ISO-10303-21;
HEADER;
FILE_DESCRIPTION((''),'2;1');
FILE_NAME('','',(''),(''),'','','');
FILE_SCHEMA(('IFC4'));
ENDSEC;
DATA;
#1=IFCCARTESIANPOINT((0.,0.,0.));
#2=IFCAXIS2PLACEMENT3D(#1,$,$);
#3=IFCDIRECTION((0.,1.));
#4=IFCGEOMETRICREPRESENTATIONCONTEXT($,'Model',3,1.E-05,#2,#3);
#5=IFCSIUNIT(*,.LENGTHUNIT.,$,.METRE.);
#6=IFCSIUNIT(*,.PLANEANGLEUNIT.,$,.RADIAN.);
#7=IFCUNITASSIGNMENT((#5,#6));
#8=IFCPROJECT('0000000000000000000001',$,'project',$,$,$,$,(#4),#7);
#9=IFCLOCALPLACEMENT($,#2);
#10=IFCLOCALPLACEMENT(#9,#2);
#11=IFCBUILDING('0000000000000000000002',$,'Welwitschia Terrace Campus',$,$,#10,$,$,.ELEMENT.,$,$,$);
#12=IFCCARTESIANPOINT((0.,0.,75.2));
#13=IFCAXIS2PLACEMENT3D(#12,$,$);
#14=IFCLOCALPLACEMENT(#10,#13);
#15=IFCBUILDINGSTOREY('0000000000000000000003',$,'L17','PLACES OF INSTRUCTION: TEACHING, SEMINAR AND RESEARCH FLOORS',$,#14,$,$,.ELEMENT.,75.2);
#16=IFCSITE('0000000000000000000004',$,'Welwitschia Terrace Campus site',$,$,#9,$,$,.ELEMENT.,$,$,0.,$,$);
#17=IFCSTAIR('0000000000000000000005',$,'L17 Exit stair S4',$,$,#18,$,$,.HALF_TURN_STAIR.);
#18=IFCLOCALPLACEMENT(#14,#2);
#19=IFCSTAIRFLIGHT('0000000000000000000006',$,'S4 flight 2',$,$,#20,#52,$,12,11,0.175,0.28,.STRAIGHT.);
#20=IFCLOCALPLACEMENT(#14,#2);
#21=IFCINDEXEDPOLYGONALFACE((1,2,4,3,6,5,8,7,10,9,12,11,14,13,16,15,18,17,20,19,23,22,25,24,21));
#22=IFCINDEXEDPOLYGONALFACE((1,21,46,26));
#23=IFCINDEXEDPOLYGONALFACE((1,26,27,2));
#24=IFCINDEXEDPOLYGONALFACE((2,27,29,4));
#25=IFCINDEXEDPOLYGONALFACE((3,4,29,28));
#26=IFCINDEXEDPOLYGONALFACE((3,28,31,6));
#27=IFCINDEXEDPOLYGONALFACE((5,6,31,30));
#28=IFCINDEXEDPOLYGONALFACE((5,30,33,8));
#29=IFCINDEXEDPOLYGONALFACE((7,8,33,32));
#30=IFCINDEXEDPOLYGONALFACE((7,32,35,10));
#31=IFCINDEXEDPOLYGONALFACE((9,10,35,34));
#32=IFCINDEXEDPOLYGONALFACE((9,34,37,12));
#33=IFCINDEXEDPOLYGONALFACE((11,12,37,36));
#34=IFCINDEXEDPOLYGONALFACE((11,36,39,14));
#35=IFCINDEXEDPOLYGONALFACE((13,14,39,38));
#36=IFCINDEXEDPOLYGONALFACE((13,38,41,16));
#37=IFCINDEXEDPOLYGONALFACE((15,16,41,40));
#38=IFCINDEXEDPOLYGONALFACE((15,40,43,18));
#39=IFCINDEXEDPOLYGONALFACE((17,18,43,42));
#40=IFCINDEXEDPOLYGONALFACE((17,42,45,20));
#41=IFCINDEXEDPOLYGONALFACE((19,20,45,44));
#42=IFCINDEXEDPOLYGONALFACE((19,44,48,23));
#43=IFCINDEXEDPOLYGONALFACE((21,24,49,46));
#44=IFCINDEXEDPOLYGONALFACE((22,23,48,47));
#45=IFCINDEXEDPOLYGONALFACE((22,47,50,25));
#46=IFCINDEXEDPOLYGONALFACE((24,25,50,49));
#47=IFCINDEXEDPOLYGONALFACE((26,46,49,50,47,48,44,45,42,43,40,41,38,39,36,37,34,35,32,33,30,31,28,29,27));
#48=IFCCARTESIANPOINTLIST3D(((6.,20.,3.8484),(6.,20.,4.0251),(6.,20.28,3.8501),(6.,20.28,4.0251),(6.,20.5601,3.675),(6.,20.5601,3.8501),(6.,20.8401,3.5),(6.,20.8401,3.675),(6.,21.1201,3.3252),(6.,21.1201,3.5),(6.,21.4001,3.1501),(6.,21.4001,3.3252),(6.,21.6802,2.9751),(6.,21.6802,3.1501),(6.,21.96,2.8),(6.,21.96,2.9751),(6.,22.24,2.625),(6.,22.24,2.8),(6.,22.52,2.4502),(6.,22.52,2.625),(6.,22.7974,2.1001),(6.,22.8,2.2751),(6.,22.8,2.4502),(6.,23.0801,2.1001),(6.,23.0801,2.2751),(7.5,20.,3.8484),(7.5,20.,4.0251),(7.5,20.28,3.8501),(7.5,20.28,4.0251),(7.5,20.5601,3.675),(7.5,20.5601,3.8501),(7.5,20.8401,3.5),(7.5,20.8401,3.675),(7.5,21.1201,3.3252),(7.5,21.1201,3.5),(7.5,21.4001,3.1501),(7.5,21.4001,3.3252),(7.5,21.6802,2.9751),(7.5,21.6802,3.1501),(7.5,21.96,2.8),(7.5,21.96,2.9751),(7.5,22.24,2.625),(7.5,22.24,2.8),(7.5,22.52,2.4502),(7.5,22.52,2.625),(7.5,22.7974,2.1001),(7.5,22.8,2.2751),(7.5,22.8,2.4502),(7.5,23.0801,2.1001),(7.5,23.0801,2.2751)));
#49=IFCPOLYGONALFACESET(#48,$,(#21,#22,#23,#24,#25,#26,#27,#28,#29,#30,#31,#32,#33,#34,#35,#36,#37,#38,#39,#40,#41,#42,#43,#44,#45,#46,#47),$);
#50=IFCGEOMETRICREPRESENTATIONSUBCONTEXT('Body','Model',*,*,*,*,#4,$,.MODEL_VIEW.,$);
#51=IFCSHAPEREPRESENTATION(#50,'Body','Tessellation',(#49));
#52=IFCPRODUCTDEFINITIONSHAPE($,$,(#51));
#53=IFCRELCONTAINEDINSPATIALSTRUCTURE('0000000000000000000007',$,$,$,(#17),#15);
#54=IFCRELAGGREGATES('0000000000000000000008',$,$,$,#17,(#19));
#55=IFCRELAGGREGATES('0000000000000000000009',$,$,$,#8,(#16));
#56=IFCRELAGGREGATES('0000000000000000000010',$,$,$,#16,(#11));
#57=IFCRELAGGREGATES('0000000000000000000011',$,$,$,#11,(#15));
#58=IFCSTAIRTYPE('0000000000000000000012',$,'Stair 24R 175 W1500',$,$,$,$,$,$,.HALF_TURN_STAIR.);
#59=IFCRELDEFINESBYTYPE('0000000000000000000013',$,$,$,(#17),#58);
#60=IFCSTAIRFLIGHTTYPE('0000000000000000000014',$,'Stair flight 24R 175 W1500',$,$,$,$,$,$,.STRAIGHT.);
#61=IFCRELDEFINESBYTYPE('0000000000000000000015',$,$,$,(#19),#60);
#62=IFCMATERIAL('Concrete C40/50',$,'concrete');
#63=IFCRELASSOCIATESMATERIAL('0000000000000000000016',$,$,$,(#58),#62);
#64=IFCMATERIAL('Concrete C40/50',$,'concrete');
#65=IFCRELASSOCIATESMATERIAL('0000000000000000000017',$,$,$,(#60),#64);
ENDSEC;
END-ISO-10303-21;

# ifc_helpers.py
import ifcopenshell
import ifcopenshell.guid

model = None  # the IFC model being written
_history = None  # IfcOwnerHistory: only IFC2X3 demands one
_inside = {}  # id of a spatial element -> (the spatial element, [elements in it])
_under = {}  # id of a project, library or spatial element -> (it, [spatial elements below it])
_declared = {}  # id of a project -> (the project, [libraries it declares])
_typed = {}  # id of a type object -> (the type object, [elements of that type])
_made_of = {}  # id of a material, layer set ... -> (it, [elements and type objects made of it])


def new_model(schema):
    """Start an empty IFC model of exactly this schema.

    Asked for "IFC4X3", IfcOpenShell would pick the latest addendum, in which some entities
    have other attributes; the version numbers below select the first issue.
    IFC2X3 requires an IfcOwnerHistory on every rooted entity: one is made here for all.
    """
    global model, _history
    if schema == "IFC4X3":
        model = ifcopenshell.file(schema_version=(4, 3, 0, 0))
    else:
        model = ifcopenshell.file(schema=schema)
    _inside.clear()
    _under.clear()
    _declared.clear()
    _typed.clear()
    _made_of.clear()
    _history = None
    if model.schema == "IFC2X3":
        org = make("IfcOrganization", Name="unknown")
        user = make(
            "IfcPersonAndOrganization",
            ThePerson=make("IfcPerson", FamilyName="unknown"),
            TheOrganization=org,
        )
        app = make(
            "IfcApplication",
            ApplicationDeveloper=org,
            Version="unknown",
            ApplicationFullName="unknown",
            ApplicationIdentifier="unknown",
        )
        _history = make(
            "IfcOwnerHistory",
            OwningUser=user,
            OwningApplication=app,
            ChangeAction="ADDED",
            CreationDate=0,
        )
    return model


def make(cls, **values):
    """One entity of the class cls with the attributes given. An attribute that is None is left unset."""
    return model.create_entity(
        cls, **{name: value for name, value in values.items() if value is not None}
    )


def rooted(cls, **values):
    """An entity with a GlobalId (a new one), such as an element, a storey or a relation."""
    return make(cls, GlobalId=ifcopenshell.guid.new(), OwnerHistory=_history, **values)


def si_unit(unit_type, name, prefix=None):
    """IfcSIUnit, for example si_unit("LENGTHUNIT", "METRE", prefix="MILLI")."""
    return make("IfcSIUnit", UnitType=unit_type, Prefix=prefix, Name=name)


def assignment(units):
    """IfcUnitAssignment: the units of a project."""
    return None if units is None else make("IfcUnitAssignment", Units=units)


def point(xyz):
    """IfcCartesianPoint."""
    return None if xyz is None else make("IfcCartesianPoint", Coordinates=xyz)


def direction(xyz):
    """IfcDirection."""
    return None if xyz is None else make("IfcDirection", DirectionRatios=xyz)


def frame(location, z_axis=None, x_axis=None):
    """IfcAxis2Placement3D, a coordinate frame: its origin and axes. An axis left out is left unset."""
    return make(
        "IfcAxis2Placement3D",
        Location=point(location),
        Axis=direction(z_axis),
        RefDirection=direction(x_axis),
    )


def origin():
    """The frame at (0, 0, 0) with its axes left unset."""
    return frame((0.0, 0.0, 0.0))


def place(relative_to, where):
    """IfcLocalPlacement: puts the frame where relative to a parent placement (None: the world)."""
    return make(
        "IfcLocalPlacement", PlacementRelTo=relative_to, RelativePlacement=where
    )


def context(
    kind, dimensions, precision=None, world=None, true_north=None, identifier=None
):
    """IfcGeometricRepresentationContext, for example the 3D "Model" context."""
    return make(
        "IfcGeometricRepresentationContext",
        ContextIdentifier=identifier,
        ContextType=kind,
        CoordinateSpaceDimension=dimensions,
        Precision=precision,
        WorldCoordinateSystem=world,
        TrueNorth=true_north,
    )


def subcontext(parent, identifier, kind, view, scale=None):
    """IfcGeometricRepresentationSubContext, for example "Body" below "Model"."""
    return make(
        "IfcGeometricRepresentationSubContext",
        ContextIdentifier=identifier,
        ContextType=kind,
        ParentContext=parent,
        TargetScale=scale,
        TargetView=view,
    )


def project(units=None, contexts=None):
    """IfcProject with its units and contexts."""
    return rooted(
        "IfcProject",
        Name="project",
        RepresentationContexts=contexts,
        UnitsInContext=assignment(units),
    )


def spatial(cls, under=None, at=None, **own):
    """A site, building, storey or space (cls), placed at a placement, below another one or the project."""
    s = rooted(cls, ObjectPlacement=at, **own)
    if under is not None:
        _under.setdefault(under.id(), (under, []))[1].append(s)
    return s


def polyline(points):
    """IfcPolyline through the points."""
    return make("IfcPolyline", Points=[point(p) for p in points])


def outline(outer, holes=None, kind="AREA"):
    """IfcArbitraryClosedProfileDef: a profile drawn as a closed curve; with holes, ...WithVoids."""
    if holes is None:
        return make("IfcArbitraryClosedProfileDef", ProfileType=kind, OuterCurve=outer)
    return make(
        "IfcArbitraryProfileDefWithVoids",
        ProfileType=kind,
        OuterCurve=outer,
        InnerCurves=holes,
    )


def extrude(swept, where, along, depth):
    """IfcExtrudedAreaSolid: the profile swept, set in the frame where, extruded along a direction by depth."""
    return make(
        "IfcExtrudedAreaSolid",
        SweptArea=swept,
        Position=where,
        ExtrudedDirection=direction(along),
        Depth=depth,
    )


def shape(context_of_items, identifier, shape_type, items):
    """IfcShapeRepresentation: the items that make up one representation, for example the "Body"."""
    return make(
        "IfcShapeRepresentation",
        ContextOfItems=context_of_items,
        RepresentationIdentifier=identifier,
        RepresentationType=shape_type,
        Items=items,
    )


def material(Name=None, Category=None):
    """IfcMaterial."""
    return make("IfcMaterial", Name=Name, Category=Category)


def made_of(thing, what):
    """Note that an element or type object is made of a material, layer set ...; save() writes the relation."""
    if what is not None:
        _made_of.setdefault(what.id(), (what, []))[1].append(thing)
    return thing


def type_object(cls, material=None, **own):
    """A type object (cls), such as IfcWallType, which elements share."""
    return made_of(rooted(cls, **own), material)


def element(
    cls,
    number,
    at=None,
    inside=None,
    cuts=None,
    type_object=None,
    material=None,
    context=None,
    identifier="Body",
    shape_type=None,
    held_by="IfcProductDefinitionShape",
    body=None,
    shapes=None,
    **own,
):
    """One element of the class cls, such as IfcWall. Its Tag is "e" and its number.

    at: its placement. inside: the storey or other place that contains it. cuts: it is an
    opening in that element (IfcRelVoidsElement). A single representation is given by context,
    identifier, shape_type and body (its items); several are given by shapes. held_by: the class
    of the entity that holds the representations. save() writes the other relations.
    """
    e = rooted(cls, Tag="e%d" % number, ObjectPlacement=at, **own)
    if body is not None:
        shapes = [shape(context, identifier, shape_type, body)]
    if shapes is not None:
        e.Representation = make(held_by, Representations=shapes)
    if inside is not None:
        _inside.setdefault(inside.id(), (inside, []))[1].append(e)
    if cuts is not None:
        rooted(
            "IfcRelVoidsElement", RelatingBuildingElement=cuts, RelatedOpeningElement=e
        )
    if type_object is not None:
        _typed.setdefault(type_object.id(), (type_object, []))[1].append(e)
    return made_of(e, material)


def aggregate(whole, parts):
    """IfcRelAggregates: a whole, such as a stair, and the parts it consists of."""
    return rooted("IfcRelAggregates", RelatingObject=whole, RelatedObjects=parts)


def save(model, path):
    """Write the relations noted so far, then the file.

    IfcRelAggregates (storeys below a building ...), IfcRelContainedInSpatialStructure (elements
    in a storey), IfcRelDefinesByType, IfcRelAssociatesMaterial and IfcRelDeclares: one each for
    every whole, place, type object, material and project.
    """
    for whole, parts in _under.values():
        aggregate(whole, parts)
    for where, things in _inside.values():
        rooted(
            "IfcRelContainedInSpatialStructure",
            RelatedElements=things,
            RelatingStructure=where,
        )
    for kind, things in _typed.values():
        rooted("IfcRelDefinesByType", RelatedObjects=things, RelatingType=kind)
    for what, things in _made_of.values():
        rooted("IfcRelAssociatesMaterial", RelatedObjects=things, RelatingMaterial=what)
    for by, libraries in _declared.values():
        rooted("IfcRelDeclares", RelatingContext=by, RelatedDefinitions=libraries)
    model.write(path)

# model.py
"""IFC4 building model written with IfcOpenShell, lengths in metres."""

from ifc_helpers import new_model, si_unit, direction, frame, origin, place, context, subcontext, project, spatial, polyline, outline, extrude, material, type_object, element, aggregate, save


model = new_model("IFC4")

# Units and contexts
model_context = context("Model", 3, precision=1e-05, world=origin(), true_north=direction((0.0, 1.0)))
body_context = subcontext(model_context, "Body", "Model", "MODEL_VIEW")
ifc_project = project(units=[si_unit("LENGTHUNIT", "METRE"), si_unit("PLANEANGLEUNIT", "RADIAN")], contexts=[model_context])

# Site, building, storey
site_placement = place(None, origin())
site = spatial("IfcSite", under=ifc_project, at=site_placement, Name="Welwitschia Terrace Campus site", CompositionType="ELEMENT", RefElevation=0.0)
building_placement = place(site_placement, origin())
building = spatial("IfcBuilding", under=site, at=building_placement, Name="Welwitschia Terrace Campus", CompositionType="ELEMENT")
storey_placement = place(building_placement, frame((0.0, 0.0, 75.2)))
storey = spatial("IfcBuildingStorey", under=building, at=storey_placement, Name="L17", Description="PLACES OF INSTRUCTION: TEACHING, SEMINAR AND RESEARCH FLOORS", CompositionType="ELEMENT", Elevation=75.2)

# Stair, stair flight
ifc_material_1 = material(Name="Concrete C40/50", Category="concrete")
stair_type = type_object("IfcStairType", Name="Stair 24R 175 W1500", PredefinedType="HALF_TURN_STAIR", material=ifc_material_1)
ifc_material_2 = material(Name="Concrete C40/50", Category="concrete")
stair_flight_type = type_object("IfcStairFlightType", Name="Stair flight 24R 175 W1500", PredefinedType="STRAIGHT", material=ifc_material_2)
stair_1_placement = place(storey_placement, origin())
stair_1 = element("IfcStair", 1, at=stair_1_placement, inside=storey, type_object=stair_type, Name="L17 Exit stair S4", PredefinedType="HALF_TURN_STAIR")
stair_flight_1_placement = place(storey_placement, frame((6.75, 23.0801, 2.1001), z_axis=(0.0, 0.0, 1.0), x_axis=(0.0, -1.0, 0.0)))
stair_flight_1 = element("IfcStairFlight", 2, at=stair_flight_1_placement, type_object=stair_flight_type, Name="S4 flight 2", NumberOfRisers=12, NumberOfTreads=11, PredefinedType="STRAIGHT", RiserHeight=0.175, TreadLength=0.28, context=body_context, shape_type="SweptSolid", body=[
    extrude(outline(polyline([(0.0, 0.0), (0.0, 0.175), (0.28, 0.175), (0.28, 0.3501), (0.5601, 0.3501), (0.5601, 0.5249), (0.8401, 0.5249), (0.8401, 0.7), (1.1201, 0.7), (1.1201, 0.875), (1.3999, 0.875), (1.3999, 1.05), (1.6799, 1.05), (1.6799, 1.2251), (1.96, 1.2251), (1.96, 1.3999), (2.24, 1.3999), (2.24, 1.575), (2.52, 1.575), (2.52, 1.75), (2.8, 1.75), (2.8, 1.925), (3.0801, 1.925), (3.0801, 2.1001), (3.0801, 1.7483), (0.2827, 0.0), (0.0, 0.0)])), frame((0.0, 0.75, 0.0), z_axis=(0.0, -1.0, 0.0), x_axis=(1.0, 0.0, 0.0)), (0.0, 0.0, 1.0), 1.5),
])
aggregate(stair_1, [stair_flight_1])

save(model, "model.ifc")
